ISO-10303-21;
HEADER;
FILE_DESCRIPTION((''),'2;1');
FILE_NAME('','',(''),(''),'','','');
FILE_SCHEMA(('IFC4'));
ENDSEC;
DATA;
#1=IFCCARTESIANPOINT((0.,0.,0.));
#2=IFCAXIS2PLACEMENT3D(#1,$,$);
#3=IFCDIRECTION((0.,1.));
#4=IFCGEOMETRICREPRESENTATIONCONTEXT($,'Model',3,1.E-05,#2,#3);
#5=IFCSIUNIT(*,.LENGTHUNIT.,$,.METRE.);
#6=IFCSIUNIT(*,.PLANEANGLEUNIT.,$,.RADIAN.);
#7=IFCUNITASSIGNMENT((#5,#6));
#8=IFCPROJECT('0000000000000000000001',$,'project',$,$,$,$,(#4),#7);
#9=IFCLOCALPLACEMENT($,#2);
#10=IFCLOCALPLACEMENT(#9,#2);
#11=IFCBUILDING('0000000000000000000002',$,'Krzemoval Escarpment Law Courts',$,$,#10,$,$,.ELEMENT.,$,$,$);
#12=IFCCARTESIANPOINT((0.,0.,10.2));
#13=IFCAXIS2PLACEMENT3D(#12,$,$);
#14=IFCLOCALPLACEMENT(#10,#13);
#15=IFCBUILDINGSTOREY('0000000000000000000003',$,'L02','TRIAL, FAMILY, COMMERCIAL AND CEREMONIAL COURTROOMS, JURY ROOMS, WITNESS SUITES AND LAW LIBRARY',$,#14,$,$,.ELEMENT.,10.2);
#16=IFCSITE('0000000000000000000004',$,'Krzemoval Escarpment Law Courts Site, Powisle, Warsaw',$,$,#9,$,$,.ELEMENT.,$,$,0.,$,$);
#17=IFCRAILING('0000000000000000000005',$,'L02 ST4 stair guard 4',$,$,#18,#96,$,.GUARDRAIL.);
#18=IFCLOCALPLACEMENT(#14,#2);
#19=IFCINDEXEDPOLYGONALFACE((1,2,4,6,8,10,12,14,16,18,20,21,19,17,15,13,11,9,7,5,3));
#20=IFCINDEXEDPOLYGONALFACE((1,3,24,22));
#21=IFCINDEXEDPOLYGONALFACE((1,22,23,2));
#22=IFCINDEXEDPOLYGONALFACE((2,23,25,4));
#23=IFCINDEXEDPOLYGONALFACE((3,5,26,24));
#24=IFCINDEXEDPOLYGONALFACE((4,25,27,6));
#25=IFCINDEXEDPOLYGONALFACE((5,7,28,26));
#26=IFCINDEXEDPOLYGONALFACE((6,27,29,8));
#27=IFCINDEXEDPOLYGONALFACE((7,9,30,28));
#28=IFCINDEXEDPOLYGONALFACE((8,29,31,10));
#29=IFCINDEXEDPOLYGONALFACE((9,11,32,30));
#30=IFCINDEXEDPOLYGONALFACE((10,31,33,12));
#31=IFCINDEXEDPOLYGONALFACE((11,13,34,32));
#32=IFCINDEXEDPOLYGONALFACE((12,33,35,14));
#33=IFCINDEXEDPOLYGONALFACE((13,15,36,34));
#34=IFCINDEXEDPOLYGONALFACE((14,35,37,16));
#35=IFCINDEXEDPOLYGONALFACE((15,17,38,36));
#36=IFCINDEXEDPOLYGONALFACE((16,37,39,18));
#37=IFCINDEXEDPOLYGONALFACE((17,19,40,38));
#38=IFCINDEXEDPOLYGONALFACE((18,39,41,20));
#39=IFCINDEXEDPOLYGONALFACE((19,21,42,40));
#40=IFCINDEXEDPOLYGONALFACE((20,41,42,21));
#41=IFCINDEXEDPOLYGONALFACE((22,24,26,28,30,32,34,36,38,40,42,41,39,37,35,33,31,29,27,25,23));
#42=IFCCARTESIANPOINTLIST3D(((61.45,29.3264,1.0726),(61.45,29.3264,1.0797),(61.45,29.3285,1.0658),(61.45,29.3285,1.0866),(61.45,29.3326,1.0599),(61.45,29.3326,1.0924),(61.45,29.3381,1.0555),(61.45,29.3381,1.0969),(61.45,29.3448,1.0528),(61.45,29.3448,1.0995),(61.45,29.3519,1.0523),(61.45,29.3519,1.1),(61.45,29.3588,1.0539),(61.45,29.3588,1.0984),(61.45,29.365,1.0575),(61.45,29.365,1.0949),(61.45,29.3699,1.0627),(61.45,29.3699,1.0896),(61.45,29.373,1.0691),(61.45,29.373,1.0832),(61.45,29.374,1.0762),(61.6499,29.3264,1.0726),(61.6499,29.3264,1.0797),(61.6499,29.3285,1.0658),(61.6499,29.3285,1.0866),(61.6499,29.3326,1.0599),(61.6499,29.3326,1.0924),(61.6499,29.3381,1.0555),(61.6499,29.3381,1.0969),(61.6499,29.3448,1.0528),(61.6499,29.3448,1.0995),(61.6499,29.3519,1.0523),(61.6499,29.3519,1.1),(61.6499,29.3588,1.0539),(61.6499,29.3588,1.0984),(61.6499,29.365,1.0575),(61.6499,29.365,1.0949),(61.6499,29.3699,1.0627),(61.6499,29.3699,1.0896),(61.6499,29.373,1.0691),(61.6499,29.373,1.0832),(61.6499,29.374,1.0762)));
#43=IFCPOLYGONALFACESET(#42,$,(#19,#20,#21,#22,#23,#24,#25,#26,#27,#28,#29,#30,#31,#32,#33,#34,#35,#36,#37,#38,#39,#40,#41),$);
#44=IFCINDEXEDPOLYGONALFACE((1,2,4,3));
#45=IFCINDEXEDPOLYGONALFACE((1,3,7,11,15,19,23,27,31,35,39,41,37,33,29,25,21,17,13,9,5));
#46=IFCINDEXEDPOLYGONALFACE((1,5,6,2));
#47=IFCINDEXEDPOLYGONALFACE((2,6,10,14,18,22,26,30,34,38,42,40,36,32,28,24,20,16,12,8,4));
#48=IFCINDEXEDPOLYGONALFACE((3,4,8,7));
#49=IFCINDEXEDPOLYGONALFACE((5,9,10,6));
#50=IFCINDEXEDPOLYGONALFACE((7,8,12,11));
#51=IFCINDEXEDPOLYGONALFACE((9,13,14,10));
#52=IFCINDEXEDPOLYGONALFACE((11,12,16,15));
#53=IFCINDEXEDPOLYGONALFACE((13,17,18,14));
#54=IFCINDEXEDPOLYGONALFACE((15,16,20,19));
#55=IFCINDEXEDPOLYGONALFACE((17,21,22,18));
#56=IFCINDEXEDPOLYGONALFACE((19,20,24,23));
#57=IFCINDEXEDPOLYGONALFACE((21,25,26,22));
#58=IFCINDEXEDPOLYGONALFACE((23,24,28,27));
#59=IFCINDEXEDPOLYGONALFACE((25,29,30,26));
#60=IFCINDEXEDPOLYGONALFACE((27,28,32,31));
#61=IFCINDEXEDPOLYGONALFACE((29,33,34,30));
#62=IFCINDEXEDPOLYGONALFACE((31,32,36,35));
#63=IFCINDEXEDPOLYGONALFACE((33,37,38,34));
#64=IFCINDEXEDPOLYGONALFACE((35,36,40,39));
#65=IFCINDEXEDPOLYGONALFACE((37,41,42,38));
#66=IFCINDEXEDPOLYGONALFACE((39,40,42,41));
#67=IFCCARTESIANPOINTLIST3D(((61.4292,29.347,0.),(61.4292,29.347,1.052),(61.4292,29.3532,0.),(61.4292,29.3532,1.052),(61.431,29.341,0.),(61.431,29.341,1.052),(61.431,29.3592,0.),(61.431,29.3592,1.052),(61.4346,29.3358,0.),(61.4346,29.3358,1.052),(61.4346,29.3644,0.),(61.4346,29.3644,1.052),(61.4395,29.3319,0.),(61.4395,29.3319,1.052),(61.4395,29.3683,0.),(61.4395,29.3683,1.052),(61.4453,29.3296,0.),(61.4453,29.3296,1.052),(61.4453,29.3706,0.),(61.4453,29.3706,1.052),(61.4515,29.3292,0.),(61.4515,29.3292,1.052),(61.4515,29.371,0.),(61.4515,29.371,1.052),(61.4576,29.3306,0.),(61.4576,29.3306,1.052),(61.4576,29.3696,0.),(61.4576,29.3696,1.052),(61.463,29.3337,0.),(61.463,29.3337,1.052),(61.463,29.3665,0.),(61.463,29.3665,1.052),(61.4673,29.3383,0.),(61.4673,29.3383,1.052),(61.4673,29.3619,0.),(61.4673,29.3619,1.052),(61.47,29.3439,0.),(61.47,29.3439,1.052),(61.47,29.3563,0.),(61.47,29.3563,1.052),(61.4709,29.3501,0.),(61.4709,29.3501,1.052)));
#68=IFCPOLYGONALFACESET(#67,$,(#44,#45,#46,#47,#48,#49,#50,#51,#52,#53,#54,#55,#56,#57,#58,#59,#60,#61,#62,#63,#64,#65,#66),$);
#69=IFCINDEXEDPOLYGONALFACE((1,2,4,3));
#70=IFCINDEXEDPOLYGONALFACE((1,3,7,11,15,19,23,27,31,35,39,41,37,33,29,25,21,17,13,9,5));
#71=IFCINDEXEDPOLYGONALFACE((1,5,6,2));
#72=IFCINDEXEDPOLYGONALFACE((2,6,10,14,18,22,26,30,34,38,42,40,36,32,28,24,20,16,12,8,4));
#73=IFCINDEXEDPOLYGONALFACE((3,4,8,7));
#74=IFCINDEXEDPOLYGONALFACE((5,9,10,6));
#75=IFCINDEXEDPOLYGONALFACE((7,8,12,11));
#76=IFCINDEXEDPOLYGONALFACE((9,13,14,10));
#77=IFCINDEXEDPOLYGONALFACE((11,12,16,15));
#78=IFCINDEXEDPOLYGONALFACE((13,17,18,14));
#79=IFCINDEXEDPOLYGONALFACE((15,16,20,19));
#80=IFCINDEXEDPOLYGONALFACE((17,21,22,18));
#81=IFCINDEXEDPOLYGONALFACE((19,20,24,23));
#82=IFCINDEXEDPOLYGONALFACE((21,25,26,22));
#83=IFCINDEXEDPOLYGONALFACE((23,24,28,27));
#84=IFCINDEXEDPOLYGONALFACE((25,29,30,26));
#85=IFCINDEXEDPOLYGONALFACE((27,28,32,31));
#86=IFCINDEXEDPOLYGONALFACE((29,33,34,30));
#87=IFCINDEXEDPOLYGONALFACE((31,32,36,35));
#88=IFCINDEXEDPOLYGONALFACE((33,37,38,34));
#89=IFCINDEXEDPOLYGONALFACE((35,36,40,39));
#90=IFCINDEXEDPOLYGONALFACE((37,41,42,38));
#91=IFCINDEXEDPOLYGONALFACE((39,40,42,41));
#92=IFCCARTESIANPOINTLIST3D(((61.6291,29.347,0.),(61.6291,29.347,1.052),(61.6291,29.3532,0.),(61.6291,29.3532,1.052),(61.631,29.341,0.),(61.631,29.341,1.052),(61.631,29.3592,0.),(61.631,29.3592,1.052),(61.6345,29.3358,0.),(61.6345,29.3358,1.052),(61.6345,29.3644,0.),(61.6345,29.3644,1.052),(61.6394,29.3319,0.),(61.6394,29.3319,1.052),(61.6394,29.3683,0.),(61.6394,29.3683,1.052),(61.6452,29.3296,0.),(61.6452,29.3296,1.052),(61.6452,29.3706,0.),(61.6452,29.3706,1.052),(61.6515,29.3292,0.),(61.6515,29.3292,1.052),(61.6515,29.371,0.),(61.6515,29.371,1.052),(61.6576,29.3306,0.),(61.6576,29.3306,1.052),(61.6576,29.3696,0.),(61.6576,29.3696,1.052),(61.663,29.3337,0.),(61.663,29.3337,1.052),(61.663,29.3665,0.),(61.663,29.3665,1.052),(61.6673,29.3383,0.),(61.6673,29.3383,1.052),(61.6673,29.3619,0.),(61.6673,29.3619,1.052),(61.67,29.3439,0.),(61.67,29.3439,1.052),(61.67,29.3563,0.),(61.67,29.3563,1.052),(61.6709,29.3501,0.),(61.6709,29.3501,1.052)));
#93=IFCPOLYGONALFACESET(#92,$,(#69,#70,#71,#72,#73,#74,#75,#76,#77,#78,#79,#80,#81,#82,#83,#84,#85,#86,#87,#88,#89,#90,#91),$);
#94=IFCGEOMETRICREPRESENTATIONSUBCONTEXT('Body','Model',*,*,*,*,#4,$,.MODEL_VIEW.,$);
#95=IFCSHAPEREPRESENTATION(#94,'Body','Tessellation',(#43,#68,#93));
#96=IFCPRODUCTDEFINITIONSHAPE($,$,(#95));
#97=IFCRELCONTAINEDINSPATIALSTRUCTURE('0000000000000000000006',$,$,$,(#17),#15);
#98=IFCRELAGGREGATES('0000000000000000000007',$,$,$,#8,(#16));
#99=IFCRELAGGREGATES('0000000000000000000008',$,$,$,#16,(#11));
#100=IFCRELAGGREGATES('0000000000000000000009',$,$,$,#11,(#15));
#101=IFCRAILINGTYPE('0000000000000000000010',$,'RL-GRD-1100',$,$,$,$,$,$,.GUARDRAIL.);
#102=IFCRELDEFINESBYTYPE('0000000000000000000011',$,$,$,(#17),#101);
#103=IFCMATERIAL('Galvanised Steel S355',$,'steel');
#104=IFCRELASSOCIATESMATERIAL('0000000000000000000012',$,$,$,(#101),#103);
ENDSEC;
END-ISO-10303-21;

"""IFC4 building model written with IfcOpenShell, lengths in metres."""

from ifc_helpers import new_model, si_unit, direction, frame, origin, origin_2d, place, context, subcontext, project, spatial, circle, extrude, material, type_object, element, save


model = new_model("IFC4")

# Units and contexts
model_context = context("Model", 3, precision=1e-05, world=origin(), true_north=direction((0.0, 1.0)))
body_context = subcontext(model_context, "Body", "Model", "MODEL_VIEW")
ifc_project = project(units=[si_unit("LENGTHUNIT", "METRE"), si_unit("PLANEANGLEUNIT", "RADIAN")], contexts=[model_context])

# Site, building, storey
site_placement = place(None, origin())
site = spatial("IfcSite", under=ifc_project, at=site_placement, Name="Krzemoval Escarpment Law Courts Site, Powisle, Warsaw", CompositionType="ELEMENT", RefElevation=0.0)
building_placement = place(site_placement, origin())
building = spatial("IfcBuilding", under=site, at=building_placement, Name="Krzemoval Escarpment Law Courts", CompositionType="ELEMENT")
storey_placement = place(building_placement, frame((0.0, 0.0, 10.2)))
storey = spatial("IfcBuildingStorey", under=building, at=storey_placement, Name="L02", Description="TRIAL, FAMILY, COMMERCIAL AND CEREMONIAL COURTROOMS, JURY ROOMS, WITNESS SUITES AND LAW LIBRARY", CompositionType="ELEMENT", Elevation=10.2)

# Railing
ifc_material_1 = material(Name="Galvanised Steel S355", Category="steel")
railing_type = type_object("IfcRailingType", Name="RL-GRD-1100", PredefinedType="GUARDRAIL", material=ifc_material_1)
railing_1_placement = place(storey_placement, frame((61.45, 29.3501, 0.0)))
element("IfcRailing", 1, at=railing_1_placement, inside=storey, type_object=railing_type, Name="L02 ST4 stair guard 4", PredefinedType="GUARDRAIL", context=body_context, shape_type="SweptSolid", body=[
    extrude(circle(Radius=0.0239, at=origin_2d()), frame((0.0, 0.0, 1.0762), z_axis=(1.0, 0.0, 0.0), x_axis=(0.0, 1.0, 0.0)), (0.0, 0.0, 1.0), 0.2),
    extrude(circle(Radius=0.021, at=origin_2d()), origin(), (0.0, 0.0, 1.0), 1.052),
    extrude(circle(Radius=0.021, at=origin_2d()), frame((0.2, 0.0, 0.0)), (0.0, 0.0, 1.0), 1.052),
])

save(model, "model.ifc")
